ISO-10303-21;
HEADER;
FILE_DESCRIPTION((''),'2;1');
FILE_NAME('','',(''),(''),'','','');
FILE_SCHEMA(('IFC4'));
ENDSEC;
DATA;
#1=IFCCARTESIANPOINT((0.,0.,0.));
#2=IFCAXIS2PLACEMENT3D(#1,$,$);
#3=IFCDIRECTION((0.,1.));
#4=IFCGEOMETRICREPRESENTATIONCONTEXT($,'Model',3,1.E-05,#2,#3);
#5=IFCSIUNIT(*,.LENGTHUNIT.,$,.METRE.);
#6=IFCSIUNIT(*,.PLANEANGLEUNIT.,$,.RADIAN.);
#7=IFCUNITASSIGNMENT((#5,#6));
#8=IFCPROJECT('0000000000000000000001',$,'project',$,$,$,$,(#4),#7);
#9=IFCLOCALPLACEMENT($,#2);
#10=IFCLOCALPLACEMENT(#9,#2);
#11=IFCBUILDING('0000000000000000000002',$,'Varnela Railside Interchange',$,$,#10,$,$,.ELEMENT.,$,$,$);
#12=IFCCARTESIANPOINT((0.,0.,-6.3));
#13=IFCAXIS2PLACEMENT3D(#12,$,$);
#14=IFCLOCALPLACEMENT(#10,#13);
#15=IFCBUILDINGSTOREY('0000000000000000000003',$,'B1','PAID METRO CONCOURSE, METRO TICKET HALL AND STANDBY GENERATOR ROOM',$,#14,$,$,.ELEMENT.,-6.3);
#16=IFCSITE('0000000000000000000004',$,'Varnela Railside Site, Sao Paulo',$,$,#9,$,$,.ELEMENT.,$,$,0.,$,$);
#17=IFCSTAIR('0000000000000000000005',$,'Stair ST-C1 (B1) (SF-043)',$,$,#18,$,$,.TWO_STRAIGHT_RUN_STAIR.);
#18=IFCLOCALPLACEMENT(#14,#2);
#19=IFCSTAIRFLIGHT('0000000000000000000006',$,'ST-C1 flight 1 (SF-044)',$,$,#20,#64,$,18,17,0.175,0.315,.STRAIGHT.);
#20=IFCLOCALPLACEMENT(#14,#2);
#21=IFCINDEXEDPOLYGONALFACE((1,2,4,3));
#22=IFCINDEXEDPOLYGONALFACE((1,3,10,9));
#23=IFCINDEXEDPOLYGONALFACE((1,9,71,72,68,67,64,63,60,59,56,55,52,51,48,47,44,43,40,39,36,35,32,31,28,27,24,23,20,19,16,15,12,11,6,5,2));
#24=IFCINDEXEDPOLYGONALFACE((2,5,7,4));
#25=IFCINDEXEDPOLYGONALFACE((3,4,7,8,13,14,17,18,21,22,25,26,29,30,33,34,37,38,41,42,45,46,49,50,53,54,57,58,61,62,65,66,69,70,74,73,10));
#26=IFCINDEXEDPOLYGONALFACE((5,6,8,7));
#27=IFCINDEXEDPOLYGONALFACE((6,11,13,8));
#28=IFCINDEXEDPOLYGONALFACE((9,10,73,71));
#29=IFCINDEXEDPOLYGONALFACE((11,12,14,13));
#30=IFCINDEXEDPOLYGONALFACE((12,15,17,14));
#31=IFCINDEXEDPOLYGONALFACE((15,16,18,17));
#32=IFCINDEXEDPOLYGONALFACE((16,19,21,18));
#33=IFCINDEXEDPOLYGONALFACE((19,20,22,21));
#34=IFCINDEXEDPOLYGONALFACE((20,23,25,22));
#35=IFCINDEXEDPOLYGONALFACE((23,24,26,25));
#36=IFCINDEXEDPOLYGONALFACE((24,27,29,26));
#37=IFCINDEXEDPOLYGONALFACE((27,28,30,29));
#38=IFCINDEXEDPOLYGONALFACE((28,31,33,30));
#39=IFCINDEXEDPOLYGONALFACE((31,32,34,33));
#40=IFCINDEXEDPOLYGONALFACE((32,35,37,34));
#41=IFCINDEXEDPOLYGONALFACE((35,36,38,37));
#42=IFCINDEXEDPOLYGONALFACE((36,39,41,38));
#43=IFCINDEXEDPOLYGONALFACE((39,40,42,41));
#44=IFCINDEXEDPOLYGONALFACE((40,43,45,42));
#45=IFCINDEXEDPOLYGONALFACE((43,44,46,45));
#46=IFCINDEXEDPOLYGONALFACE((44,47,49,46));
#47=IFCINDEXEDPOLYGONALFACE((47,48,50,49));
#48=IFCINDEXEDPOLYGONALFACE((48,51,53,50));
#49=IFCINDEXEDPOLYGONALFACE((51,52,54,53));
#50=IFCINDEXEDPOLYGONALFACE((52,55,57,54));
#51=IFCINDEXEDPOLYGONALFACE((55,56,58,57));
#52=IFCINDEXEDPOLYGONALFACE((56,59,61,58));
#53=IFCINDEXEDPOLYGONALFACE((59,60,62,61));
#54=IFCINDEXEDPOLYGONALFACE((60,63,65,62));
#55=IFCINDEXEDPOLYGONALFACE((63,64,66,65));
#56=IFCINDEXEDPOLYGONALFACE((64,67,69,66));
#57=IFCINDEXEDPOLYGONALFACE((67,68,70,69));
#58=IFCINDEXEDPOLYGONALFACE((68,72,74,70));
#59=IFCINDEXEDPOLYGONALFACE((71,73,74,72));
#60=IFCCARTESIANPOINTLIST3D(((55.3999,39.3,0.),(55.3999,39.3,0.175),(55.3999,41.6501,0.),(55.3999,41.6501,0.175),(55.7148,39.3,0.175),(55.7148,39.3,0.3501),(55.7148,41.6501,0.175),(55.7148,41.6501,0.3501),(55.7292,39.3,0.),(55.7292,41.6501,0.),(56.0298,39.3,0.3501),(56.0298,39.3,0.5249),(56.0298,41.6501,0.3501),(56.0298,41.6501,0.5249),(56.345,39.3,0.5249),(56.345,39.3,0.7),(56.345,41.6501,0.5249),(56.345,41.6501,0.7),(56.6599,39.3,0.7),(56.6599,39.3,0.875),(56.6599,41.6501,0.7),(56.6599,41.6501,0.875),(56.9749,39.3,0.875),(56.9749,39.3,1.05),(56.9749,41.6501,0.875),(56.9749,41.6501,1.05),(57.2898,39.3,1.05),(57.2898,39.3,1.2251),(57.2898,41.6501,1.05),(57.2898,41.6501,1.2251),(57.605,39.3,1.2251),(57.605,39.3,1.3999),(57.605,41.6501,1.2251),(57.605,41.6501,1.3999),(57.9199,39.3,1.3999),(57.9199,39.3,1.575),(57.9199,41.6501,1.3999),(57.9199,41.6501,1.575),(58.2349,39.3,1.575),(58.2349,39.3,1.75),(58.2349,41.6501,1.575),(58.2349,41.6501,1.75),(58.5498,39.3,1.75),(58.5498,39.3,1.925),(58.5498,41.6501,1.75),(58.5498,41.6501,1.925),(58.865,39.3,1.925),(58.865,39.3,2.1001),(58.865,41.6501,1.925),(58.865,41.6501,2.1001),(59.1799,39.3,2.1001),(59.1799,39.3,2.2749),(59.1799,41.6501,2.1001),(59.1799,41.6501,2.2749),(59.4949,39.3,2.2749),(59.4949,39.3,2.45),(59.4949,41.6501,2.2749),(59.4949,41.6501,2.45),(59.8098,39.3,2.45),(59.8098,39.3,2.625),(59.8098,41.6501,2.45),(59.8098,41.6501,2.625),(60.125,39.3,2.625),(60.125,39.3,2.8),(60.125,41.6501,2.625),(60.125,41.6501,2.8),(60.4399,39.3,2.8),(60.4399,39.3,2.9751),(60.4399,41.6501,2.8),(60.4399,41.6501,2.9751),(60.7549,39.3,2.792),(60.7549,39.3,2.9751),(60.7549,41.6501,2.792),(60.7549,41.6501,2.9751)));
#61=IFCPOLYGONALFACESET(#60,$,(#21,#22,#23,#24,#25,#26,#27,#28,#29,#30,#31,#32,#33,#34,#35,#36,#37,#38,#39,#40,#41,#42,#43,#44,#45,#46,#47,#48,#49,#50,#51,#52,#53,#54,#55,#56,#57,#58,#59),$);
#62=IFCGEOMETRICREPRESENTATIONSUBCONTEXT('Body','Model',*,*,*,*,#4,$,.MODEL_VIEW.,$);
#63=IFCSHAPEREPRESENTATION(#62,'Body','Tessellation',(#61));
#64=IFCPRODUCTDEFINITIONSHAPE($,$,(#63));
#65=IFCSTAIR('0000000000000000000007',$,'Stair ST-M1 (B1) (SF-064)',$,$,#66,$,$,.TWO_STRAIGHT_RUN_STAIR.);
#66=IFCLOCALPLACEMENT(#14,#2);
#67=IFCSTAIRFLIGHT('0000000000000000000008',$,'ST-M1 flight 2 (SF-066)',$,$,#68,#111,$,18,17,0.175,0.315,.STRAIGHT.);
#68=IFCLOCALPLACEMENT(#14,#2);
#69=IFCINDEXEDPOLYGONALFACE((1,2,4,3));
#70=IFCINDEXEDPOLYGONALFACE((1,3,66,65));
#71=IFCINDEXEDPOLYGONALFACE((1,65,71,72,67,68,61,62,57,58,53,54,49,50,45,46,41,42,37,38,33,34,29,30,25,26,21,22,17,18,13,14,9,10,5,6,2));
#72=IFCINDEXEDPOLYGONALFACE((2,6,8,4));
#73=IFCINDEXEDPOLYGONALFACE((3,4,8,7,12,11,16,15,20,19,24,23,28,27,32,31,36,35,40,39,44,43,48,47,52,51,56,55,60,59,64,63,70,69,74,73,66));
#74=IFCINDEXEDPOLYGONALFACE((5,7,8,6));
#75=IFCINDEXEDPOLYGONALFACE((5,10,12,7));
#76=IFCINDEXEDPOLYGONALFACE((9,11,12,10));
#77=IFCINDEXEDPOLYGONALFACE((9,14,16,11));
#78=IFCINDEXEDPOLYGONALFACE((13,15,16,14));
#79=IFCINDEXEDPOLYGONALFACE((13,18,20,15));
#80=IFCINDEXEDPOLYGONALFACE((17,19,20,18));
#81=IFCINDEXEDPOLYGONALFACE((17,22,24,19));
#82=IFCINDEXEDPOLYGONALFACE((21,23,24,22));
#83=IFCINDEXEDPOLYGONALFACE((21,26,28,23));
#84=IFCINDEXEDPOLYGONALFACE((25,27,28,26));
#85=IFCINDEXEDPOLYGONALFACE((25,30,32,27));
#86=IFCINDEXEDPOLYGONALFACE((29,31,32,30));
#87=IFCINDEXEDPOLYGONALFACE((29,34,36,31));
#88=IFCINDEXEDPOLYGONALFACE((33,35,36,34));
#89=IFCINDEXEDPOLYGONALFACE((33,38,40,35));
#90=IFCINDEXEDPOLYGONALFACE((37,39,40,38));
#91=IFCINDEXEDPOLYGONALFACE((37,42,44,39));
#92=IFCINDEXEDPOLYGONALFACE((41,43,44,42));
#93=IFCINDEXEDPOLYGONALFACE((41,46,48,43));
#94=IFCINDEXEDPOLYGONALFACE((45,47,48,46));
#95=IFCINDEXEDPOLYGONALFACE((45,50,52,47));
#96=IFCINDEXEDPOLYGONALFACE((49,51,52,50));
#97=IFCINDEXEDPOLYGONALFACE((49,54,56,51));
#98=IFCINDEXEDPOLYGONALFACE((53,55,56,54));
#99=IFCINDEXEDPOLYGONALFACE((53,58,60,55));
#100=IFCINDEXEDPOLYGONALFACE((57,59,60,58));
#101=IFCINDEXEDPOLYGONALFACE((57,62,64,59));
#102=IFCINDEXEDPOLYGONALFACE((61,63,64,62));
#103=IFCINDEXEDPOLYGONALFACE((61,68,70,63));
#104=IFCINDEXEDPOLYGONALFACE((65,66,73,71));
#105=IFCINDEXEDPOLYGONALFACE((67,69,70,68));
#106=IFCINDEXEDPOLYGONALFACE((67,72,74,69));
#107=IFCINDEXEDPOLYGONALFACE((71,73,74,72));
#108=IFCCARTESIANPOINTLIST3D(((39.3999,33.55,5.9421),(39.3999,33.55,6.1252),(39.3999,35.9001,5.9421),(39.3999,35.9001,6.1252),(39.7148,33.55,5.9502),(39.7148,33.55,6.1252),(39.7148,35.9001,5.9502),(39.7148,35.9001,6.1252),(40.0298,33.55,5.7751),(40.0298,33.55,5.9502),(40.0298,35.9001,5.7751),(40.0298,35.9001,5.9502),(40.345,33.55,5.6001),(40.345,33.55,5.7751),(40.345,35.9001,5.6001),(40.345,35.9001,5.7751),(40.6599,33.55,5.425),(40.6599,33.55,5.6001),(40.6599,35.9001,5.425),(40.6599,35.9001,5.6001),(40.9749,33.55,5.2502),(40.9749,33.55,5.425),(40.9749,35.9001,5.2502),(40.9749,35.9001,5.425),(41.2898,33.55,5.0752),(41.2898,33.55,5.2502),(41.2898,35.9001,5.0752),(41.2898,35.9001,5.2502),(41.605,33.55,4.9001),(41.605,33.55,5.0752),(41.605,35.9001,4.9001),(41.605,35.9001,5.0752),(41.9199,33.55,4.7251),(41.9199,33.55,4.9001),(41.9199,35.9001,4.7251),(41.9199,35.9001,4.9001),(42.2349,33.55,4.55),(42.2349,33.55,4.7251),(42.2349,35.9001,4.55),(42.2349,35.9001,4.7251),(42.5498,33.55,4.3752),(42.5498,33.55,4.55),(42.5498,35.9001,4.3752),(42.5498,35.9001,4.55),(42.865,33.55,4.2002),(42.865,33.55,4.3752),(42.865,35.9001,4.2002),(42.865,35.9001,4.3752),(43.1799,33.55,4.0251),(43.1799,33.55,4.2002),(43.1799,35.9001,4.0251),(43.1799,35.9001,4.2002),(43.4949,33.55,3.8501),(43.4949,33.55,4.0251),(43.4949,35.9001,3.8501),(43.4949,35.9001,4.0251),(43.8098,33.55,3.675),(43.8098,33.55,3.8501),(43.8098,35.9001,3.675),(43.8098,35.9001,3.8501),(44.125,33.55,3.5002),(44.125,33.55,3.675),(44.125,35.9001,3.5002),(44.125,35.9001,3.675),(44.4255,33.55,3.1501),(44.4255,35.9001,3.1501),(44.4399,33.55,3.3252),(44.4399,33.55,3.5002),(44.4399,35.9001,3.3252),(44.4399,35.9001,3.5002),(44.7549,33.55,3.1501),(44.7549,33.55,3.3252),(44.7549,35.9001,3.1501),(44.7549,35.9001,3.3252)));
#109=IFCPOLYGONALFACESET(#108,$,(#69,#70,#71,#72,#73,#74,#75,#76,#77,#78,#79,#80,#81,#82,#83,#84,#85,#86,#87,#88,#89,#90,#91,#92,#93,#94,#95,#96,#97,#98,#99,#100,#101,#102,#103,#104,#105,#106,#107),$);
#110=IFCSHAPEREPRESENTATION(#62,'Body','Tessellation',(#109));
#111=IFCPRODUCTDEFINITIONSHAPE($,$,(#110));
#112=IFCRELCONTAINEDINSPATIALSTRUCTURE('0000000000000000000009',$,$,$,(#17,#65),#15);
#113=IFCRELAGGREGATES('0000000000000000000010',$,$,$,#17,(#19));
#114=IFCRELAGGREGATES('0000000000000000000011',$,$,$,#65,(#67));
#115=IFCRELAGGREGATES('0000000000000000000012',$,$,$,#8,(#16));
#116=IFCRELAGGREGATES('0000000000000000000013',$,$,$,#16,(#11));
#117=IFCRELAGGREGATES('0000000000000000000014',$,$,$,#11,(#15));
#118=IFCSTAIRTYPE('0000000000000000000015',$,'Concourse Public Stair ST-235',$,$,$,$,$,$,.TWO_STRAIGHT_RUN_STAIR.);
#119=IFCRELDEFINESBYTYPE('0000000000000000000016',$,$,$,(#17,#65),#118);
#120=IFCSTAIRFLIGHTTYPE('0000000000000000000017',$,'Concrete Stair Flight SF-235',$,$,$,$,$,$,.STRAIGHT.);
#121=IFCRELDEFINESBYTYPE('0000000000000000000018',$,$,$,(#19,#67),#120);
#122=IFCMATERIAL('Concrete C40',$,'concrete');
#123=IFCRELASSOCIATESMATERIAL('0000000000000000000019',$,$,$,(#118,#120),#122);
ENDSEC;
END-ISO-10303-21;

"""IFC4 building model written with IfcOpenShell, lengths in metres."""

from ifc_helpers import new_model, si_unit, direction, frame, origin, place, context, subcontext, project, spatial, polyline, outline, extrude, material, type_object, element, aggregate, save


model = new_model("IFC4")

# Units and contexts
model_context = context("Model", 3, precision=1e-05, world=origin(), true_north=direction((0.0, 1.0)))
body_context = subcontext(model_context, "Body", "Model", "MODEL_VIEW")
ifc_project = project(units=[si_unit("LENGTHUNIT", "METRE"), si_unit("PLANEANGLEUNIT", "RADIAN")], contexts=[model_context])

# Site, building, storey
site_placement = place(None, origin())
site = spatial("IfcSite", under=ifc_project, at=site_placement, Name="Varnela Railside Site, Sao Paulo", CompositionType="ELEMENT", RefElevation=0.0)
building_placement = place(site_placement, origin())
building = spatial("IfcBuilding", under=site, at=building_placement, Name="Varnela Railside Interchange", CompositionType="ELEMENT")
storey_placement = place(building_placement, frame((0.0, 0.0, -6.3)))
storey = spatial("IfcBuildingStorey", under=building, at=storey_placement, Name="B1", Description="PAID METRO CONCOURSE, METRO TICKET HALL AND STANDBY GENERATOR ROOM", CompositionType="ELEMENT", Elevation=-6.3)

# Shared definitions
ifc_material_1 = material(Name="Concrete C40", Category="concrete")

# Stairs, stair flights
stair_type = type_object("IfcStairType", Name="Concourse Public Stair ST-235", PredefinedType="TWO_STRAIGHT_RUN_STAIR", material=ifc_material_1)
stair_1_placement = place(storey_placement, origin())
stair_1 = element("IfcStair", 1, at=stair_1_placement, inside=storey, type_object=stair_type, Name="Stair ST-C1 (B1) (SF-043)", PredefinedType="TWO_STRAIGHT_RUN_STAIR")
stair_flight_type = type_object("IfcStairFlightType", Name="Concrete Stair Flight SF-235", PredefinedType="STRAIGHT", material=ifc_material_1)
stair_flight_1_placement = place(storey_placement, frame((55.3999, 40.4751, 0.0), z_axis=(0.0, 0.0, 1.0), x_axis=(1.0, 0.0, 0.0)))
stair_flight_1 = element("IfcStairFlight", 2, at=stair_flight_1_placement, type_object=stair_flight_type, Name="ST-C1 flight 1 (SF-044)", NumberOfRisers=18, NumberOfTreads=17, PredefinedType="STRAIGHT", RiserHeight=0.175, TreadLength=0.315, context=body_context, shape_type="SweptSolid", body=[
    extrude(outline(polyline([(0.0, 0.0), (0.0, 0.175), (0.3149, 0.175), (0.3149, 0.3501), (0.6299, 0.3501), (0.6299, 0.5249), (0.9451, 0.5249), (0.9451, 0.7), (1.26, 0.7), (1.26, 0.875), (1.575, 0.875), (1.575, 1.05), (1.8899, 1.05), (1.8899, 1.2251), (2.2051, 1.2251), (2.2051, 1.3999), (2.52, 1.3999), (2.52, 1.575), (2.835, 1.575), (2.835, 1.75), (3.1499, 1.75), (3.1499, 1.925), (3.4651, 1.925), (3.4651, 2.1001), (3.78, 2.1001), (3.78, 2.2749), (4.095, 2.2749), (4.095, 2.45), (4.4099, 2.45), (4.4099, 2.625), (4.7251, 2.625), (4.7251, 2.8), (5.04, 2.8), (5.04, 2.9751), (5.355, 2.9751), (5.355, 3.1499), (5.355, 2.792), (0.3293, 0.0), (0.0, 0.0)])), frame((0.0, 1.175, 0.0), z_axis=(0.0, -1.0, 0.0), x_axis=(1.0, 0.0, 0.0)), (0.0, 0.0, 1.0), 2.3501),
])
aggregate(stair_1, [stair_flight_1])
stair_2_placement = place(storey_placement, origin())
stair_2 = element("IfcStair", 3, at=stair_2_placement, inside=storey, type_object=stair_type, Name="Stair ST-M1 (B1) (SF-064)", PredefinedType="TWO_STRAIGHT_RUN_STAIR")
stair_flight_2_placement = place(storey_placement, frame((44.7549, 34.7251, 3.1501), z_axis=(0.0, 0.0, 1.0), x_axis=(-1.0, 0.0, 0.0)))
stair_flight_2 = element("IfcStairFlight", 4, at=stair_flight_2_placement, type_object=stair_flight_type, Name="ST-M1 flight 2 (SF-066)", NumberOfRisers=18, NumberOfTreads=17, PredefinedType="STRAIGHT", RiserHeight=0.175, TreadLength=0.315, context=body_context, shape_type="SweptSolid", body=[
    extrude(outline(polyline([(0.0, 0.0), (0.0, 0.175), (0.3149, 0.175), (0.3149, 0.3501), (0.6299, 0.3501), (0.6299, 0.5249), (0.9451, 0.5249), (0.9451, 0.7), (1.26, 0.7), (1.26, 0.875), (1.575, 0.875), (1.575, 1.05), (1.8899, 1.05), (1.8899, 1.2251), (2.2051, 1.2251), (2.2051, 1.3999), (2.52, 1.3999), (2.52, 1.575), (2.835, 1.575), (2.835, 1.75), (3.1499, 1.75), (3.1499, 1.925), (3.4651, 1.925), (3.4651, 2.1001), (3.78, 2.1001), (3.78, 2.2749), (4.095, 2.2749), (4.095, 2.45), (4.4099, 2.45), (4.4099, 2.625), (4.7251, 2.625), (4.7251, 2.8), (5.04, 2.8), (5.04, 2.9751), (5.355, 2.9751), (5.355, 3.1499), (5.355, 2.792), (0.3293, 0.0), (0.0, 0.0)])), frame((0.0, 1.175, 0.0), z_axis=(0.0, -1.0, 0.0), x_axis=(1.0, 0.0, 0.0)), (0.0, 0.0, 1.0), 2.3501),
])
aggregate(stair_2, [stair_flight_2])

save(model, "model.ifc")
